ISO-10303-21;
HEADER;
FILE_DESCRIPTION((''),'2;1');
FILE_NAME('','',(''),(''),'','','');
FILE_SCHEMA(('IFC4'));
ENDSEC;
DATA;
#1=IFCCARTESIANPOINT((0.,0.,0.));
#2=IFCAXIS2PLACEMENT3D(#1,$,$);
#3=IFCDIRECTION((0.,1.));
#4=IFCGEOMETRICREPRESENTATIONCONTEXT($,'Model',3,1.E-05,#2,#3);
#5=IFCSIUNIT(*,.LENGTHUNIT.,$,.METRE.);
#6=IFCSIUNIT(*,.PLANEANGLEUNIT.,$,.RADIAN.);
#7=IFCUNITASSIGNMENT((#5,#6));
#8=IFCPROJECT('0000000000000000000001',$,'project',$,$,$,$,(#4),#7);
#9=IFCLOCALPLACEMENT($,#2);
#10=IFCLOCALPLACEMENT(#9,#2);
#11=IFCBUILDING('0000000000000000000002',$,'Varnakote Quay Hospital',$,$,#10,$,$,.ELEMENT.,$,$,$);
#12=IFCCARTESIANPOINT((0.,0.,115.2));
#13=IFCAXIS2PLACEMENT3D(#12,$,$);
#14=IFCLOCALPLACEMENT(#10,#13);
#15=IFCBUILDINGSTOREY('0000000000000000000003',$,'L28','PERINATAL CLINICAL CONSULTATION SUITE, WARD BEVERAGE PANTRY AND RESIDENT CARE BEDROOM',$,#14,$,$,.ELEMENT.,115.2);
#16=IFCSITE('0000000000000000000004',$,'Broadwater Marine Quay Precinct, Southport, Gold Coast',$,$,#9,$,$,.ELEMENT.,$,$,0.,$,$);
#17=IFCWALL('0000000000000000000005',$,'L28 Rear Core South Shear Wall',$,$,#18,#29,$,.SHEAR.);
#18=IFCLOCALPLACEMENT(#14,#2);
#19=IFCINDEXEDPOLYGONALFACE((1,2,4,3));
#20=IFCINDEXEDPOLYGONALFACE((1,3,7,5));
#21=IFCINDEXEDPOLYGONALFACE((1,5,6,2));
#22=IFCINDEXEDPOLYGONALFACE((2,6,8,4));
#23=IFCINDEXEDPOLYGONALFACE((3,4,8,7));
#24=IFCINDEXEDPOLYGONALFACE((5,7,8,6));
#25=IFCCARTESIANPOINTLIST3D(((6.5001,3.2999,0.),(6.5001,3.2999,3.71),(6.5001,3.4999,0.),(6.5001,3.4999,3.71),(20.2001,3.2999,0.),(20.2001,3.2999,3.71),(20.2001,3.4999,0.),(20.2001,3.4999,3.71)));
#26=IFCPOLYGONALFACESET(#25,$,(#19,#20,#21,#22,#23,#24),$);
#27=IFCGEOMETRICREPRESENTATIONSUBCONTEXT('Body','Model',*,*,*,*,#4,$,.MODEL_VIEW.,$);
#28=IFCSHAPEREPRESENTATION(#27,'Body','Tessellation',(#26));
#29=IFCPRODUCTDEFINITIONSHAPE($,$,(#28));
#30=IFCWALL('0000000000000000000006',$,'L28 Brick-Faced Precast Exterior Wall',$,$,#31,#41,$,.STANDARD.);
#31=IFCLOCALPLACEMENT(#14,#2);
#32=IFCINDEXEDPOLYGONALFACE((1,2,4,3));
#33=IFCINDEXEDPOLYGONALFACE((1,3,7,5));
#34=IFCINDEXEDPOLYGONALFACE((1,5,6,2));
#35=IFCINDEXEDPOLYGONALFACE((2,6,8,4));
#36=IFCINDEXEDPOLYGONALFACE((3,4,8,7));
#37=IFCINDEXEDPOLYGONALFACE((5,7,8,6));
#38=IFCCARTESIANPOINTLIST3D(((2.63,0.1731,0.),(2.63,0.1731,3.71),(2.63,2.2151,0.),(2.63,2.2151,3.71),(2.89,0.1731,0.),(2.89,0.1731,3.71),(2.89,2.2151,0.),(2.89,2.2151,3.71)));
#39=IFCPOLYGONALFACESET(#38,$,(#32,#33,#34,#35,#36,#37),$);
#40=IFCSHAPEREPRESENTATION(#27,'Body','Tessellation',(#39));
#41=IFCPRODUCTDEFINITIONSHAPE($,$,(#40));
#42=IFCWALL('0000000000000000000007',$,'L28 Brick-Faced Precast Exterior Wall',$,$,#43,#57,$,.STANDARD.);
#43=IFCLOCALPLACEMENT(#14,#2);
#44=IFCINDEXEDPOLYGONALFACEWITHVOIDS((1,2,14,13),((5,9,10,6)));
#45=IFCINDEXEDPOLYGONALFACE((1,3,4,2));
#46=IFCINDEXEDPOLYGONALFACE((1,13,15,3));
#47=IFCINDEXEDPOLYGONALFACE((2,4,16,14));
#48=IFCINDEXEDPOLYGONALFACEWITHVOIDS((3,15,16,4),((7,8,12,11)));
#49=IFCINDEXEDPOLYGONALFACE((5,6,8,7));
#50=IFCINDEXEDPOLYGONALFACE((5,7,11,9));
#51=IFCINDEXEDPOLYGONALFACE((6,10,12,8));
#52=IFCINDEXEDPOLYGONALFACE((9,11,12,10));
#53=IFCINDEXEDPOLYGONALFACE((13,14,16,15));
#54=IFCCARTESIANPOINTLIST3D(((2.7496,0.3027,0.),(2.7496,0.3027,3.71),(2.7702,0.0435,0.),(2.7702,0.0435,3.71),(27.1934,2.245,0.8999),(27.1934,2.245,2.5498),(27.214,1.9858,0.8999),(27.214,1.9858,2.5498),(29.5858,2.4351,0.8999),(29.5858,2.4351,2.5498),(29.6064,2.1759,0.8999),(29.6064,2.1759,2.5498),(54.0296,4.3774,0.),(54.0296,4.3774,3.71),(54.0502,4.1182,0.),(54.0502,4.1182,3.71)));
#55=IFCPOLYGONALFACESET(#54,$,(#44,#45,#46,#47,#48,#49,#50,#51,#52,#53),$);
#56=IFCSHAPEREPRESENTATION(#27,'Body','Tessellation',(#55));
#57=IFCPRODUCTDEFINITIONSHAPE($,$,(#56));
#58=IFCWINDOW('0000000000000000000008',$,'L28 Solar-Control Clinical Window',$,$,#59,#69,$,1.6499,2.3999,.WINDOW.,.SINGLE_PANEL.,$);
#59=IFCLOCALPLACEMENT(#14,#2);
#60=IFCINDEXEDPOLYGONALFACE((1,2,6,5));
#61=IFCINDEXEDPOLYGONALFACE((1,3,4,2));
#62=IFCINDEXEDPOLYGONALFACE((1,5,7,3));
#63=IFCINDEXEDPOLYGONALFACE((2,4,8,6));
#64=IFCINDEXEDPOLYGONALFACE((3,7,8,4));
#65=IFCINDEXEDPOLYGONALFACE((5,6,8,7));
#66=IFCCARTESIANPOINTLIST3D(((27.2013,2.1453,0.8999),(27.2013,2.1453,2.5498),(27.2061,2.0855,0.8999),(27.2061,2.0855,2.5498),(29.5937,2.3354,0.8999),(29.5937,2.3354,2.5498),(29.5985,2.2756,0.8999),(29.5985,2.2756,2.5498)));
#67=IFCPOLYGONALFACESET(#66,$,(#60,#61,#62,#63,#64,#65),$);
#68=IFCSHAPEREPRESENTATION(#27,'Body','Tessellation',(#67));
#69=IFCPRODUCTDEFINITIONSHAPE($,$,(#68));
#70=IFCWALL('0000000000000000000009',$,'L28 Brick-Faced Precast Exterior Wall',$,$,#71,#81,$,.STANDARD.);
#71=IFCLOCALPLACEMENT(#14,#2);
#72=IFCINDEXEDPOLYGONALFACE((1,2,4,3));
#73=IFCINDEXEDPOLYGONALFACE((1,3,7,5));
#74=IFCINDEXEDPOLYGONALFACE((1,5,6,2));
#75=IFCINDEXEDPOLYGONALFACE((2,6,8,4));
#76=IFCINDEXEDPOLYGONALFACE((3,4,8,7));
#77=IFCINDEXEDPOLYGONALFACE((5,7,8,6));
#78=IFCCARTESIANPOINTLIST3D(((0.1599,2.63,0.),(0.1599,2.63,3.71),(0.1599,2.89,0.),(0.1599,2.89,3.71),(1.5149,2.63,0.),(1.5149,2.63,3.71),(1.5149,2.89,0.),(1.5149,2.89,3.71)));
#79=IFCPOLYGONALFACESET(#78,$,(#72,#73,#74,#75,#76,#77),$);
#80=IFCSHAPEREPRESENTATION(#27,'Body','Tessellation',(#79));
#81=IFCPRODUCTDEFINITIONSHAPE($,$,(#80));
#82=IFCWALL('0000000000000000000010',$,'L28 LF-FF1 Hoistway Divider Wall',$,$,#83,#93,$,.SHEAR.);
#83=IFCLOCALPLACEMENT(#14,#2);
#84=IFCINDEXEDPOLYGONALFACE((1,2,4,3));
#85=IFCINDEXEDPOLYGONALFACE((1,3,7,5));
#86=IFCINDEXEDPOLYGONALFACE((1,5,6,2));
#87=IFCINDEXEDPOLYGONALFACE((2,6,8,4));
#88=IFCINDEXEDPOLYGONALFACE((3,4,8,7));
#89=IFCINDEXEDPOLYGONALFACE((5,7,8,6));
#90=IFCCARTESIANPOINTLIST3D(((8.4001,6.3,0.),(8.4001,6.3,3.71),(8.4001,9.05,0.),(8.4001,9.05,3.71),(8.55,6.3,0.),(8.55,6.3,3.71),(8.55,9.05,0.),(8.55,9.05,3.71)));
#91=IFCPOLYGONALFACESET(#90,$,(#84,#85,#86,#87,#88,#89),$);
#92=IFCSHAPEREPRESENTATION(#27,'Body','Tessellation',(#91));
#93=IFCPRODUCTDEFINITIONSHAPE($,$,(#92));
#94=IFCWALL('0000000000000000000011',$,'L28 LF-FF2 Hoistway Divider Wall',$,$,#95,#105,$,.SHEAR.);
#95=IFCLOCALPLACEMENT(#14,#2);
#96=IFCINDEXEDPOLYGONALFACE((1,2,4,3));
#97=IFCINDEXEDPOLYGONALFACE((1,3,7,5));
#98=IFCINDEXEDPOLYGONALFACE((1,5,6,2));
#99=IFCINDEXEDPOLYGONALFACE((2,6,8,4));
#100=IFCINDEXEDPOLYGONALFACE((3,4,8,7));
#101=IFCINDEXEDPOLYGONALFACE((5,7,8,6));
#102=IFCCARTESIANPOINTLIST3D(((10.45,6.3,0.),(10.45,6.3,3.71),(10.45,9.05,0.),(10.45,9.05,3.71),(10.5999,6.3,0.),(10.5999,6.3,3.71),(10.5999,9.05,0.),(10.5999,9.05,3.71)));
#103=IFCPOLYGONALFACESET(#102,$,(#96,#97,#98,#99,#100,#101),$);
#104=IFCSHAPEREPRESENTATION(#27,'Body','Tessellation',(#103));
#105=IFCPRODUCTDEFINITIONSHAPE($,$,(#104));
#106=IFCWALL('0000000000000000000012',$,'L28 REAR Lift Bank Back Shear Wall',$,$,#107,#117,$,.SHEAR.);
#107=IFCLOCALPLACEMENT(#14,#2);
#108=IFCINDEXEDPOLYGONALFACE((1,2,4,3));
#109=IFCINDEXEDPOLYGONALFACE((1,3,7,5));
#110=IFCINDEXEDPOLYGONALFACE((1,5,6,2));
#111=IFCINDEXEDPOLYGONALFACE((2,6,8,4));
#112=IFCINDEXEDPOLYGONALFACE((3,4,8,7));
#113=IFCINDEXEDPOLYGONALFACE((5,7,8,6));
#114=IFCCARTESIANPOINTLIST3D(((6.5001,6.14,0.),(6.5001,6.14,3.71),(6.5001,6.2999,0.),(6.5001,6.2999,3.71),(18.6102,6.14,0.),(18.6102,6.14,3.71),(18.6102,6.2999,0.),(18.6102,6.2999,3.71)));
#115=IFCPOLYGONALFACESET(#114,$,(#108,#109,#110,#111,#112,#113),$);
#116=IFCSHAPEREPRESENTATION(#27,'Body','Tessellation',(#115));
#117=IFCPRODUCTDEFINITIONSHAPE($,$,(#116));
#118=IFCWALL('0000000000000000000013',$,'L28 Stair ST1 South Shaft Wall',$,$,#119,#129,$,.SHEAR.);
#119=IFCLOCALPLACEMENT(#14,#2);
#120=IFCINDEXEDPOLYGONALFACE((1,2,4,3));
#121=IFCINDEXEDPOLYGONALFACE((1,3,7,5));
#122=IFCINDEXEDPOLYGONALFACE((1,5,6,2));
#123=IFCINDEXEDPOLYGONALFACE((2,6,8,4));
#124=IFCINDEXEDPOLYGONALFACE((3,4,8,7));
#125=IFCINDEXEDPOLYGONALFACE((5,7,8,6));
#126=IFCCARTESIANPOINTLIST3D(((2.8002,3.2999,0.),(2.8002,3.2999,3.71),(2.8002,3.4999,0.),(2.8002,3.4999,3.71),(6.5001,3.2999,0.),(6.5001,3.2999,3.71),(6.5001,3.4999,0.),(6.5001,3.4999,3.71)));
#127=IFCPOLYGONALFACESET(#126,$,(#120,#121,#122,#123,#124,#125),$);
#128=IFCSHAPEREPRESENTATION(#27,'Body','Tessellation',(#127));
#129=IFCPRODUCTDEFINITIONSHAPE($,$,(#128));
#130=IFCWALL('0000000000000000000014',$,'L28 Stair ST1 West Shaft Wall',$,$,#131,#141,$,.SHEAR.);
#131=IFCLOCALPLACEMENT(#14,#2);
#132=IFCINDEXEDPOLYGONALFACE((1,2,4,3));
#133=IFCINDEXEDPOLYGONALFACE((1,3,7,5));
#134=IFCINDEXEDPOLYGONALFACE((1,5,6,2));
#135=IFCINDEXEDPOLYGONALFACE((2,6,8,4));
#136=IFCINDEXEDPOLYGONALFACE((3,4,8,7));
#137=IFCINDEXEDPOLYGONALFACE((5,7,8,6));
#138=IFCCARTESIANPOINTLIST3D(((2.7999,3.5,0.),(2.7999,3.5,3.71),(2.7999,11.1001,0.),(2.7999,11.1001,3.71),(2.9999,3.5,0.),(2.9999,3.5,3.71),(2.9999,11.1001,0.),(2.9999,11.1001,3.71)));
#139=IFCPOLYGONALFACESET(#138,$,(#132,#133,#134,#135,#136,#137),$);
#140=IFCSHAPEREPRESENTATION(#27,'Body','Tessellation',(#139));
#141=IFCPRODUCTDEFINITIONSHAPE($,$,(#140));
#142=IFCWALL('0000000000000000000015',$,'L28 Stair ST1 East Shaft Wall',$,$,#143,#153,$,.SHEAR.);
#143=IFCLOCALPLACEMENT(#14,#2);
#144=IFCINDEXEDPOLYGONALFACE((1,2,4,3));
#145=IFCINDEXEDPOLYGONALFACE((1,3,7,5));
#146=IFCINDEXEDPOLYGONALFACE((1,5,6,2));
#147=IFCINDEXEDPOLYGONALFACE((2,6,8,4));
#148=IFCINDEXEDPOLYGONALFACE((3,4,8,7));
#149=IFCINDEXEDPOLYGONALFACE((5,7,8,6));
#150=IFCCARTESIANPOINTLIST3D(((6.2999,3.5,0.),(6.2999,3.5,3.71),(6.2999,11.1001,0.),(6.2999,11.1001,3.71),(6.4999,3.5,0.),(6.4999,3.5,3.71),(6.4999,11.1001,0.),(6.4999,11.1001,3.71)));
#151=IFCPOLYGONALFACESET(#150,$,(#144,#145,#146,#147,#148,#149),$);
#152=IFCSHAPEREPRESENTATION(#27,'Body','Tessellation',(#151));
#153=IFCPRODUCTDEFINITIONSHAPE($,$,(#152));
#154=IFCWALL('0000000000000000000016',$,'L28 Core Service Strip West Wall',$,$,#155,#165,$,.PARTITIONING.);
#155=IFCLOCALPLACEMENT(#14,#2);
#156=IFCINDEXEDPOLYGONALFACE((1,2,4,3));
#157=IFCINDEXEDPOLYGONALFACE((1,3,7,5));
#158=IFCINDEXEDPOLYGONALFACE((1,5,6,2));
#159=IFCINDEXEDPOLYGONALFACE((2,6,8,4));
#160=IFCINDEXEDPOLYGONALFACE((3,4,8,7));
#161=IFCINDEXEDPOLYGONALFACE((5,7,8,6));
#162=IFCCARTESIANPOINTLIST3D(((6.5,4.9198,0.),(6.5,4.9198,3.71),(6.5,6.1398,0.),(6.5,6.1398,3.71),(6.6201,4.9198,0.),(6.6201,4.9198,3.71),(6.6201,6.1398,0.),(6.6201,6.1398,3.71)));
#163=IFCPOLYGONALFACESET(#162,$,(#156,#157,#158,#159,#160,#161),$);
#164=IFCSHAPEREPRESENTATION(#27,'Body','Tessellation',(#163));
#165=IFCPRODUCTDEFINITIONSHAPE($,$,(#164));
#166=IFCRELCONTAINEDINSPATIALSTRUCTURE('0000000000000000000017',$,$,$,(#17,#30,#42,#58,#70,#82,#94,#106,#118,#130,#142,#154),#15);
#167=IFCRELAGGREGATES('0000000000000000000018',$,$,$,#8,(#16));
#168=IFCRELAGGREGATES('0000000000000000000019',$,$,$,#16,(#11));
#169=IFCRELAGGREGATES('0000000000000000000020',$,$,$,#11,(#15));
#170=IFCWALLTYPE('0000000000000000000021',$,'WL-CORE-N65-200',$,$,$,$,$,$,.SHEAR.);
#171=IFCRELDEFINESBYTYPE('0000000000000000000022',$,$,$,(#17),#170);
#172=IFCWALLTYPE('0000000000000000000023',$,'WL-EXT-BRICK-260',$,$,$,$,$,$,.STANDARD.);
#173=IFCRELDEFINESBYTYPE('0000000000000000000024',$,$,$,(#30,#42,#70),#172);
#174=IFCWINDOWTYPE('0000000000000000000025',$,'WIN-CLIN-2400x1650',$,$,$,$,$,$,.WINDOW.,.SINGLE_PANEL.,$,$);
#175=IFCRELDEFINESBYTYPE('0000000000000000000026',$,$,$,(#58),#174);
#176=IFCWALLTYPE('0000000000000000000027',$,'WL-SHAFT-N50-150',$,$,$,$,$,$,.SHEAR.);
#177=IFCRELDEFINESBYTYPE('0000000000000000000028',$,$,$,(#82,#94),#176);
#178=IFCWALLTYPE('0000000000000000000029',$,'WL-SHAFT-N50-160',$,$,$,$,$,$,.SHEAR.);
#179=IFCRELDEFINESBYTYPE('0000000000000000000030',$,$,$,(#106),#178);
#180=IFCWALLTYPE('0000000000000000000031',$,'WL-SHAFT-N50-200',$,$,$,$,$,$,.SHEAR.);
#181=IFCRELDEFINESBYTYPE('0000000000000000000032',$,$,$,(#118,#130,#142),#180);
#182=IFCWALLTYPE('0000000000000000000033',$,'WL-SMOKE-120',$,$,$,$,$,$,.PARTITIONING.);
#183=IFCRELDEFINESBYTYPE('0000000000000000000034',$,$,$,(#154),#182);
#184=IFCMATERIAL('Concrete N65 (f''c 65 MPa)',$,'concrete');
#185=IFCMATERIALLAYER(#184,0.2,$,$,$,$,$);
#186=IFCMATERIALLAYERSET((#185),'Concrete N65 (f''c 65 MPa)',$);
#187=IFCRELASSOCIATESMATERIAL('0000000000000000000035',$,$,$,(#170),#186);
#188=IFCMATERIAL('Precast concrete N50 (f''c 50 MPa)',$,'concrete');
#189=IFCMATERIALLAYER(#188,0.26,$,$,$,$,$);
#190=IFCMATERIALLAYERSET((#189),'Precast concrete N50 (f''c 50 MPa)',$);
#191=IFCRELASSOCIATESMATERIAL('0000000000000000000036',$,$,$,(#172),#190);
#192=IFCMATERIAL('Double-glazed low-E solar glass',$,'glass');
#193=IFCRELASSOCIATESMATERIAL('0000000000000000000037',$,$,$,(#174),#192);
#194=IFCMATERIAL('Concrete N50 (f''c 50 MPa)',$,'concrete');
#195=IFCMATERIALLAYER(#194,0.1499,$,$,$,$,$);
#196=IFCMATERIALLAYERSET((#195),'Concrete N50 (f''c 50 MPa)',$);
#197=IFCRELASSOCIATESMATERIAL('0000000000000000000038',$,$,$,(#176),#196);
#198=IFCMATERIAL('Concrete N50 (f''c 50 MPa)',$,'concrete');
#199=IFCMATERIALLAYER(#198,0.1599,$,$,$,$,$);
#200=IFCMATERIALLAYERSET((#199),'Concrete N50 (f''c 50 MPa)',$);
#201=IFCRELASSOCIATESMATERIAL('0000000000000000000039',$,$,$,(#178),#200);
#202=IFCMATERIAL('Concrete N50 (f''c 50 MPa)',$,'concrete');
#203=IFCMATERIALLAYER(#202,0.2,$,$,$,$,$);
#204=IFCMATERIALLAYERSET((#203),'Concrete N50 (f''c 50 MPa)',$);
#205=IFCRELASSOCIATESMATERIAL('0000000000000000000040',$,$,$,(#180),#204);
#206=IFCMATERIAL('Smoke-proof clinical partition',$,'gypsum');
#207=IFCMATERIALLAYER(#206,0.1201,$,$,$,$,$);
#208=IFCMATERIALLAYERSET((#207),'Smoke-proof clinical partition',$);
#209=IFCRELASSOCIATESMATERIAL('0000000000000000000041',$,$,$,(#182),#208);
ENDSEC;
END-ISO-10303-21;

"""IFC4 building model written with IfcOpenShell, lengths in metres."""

from ifc_helpers import new_model, si_unit, direction, frame, frame_2d, origin, place, context, subcontext, project, spatial, rectangle, extrude, material, layer, layer_set, type_object, element, fill, save


model = new_model("IFC4")

# Units and contexts
model_context = context("Model", 3, precision=1e-05, world=origin(), true_north=direction((0.0, 1.0)))
body_context = subcontext(model_context, "Body", "Model", "MODEL_VIEW")
ifc_project = project(units=[si_unit("LENGTHUNIT", "METRE"), si_unit("PLANEANGLEUNIT", "RADIAN")], contexts=[model_context])

# Site, building, storey
site_placement = place(None, origin())
site = spatial("IfcSite", under=ifc_project, at=site_placement, Name="Broadwater Marine Quay Precinct, Southport, Gold Coast", CompositionType="ELEMENT", RefElevation=0.0)
building_placement = place(site_placement, origin())
building = spatial("IfcBuilding", under=site, at=building_placement, Name="Varnakote Quay Hospital", CompositionType="ELEMENT")
storey_placement = place(building_placement, frame((0.0, 0.0, 115.2)))
storey = spatial("IfcBuildingStorey", under=building, at=storey_placement, Name="L28", Description="PERINATAL CLINICAL CONSULTATION SUITE, WARD BEVERAGE PANTRY AND RESIDENT CARE BEDROOM", CompositionType="ELEMENT", Elevation=115.2)

# Walls
ifc_material_1 = material(Name="Concrete N65 (f'c 65 MPa)", Category="concrete")
ifc_layer_1 = layer(ifc_material_1, 0.2)
ifc_layer_set_1 = layer_set([ifc_layer_1], Name="Concrete N65 (f'c 65 MPa)")
wall_type_1 = type_object("IfcWallType", Name="WL-CORE-N65-200", PredefinedType="SHEAR", material=ifc_layer_set_1)
wall_1_placement = place(storey_placement, frame((6.5, 3.3999, 0.0), z_axis=(0.0, 0.0, 1.0), x_axis=(1.0, 0.0, 0.0)))
element("IfcWall", 1, at=wall_1_placement, inside=storey, type_object=wall_type_1, Name="L28 Rear Core South Shear Wall", PredefinedType="SHEAR", context=body_context, shape_type="SweptSolid", body=[
    extrude(rectangle(XDim=13.7, YDim=0.2, at=frame_2d((6.8501, 0.0))), origin(), (0.0, 0.0, 1.0), 3.71),
])
ifc_material_2 = material(Name="Precast concrete N50 (f'c 50 MPa)", Category="concrete")
ifc_layer_2 = layer(ifc_material_2, 0.26)
ifc_layer_set_2 = layer_set([ifc_layer_2], Name="Precast concrete N50 (f'c 50 MPa)")
wall_type_2 = type_object("IfcWallType", Name="WL-EXT-BRICK-260", PredefinedType="STANDARD", material=ifc_layer_set_2)
wall_2_placement = place(storey_placement, frame((2.76, 2.2151, 0.0), z_axis=(0.0, 0.0, 1.0), x_axis=(0.0, -1.0, 0.0)))
element("IfcWall", 2, at=wall_2_placement, inside=storey, type_object=wall_type_2, Name="L28 Brick-Faced Precast Exterior Wall", PredefinedType="STANDARD", context=body_context, shape_type="SweptSolid", body=[
    extrude(rectangle(XDim=2.042, YDim=0.26, at=frame_2d((1.021, 0.0))), origin(), (0.0, 0.0, 1.0), 3.71),
])

# Wall, opening, window
wall_3_placement = place(storey_placement, frame((2.76, 0.1731, 0.0), z_axis=(0.0, 0.0, 1.0), x_axis=(0.996858, 0.07921, 0.0)))
wall_3 = element("IfcWall", 3, at=wall_3_placement, inside=storey, type_object=wall_type_2, Name="L28 Brick-Faced Precast Exterior Wall", PredefinedType="STANDARD", context=body_context, shape_type="SweptSolid", body=[
    extrude(rectangle(XDim=51.4417, YDim=0.26, at=frame_2d((25.7207, 0.0))), origin(), (0.0, 0.0, 1.0), 3.71),
])
opening_1_placement = place(wall_3_placement, frame((24.5208, 0.0, 0.8999)))
opening_1 = element("IfcOpeningElement", 4, at=opening_1_placement, cuts=wall_3, PredefinedType="OPENING", context=body_context, shape_type="SweptSolid", body=[
    extrude(rectangle(XDim=2.3999, YDim=1.6499, at=frame_2d((1.2, 0.825))), frame((0.0, 0.1399, 0.0), z_axis=(0.0, -1.0, 0.0), x_axis=(1.0, 0.0, 0.0)), (0.0, 0.0, 1.0), 0.28),
])
ifc_material_3 = material(Name="Double-glazed low-E solar glass", Category="glass")
window_type = type_object("IfcWindowType", Name="WIN-CLIN-2400x1650", PartitioningType="SINGLE_PANEL", PredefinedType="WINDOW", material=ifc_material_3)
window_placement = place(opening_1_placement, origin())
window = element("IfcWindow", 5, at=window_placement, inside=storey, type_object=window_type, Name="L28 Solar-Control Clinical Window", OverallHeight=1.6499, OverallWidth=2.3999, PartitioningType="SINGLE_PANEL", PredefinedType="WINDOW", context=body_context, shape_type="SweptSolid", body=[
    extrude(rectangle(XDim=2.3999, YDim=1.6499, at=frame_2d((1.2, 0.825))), frame((0.0, 0.03, 0.0), z_axis=(0.0, -1.0, 0.0), x_axis=(1.0, 0.0, 0.0)), (0.0, 0.0, 1.0), 0.0601),
])
fill(opening_1, window)

# Walls
wall_4_placement = place(storey_placement, frame((0.1599, 2.76, 0.0), z_axis=(0.0, 0.0, 1.0), x_axis=(1.0, 0.0, 0.0)))
element("IfcWall", 6, at=wall_4_placement, inside=storey, type_object=wall_type_2, Name="L28 Brick-Faced Precast Exterior Wall", PredefinedType="STANDARD", context=body_context, shape_type="SweptSolid", body=[
    extrude(rectangle(XDim=1.355, YDim=0.26, at=frame_2d((0.6775, 0.0))), origin(), (0.0, 0.0, 1.0), 3.71),
])
ifc_material_4 = material(Name="Concrete N50 (f'c 50 MPa)", Category="concrete")
ifc_layer_3 = layer(ifc_material_4, 0.1499)
ifc_layer_set_3 = layer_set([ifc_layer_3], Name="Concrete N50 (f'c 50 MPa)")
wall_type_3 = type_object("IfcWallType", Name="WL-SHAFT-N50-150", PredefinedType="SHEAR", material=ifc_layer_set_3)
for number, where, z_axis, x_axis, name in (
    (7, (8.4751, 6.3, 0.0), (0.0, 0.0, 1.0), (0.0, 1.0, 0.0), "L28 LF-FF1 Hoistway Divider Wall"),
    (8, (10.5249, 6.3, 0.0), (0.0, 0.0, 1.0), (0.0, 1.0, 0.0), "L28 LF-FF2 Hoistway Divider Wall"),
):
    element("IfcWall", number, at=place(storey_placement, frame(where, z_axis=z_axis, x_axis=x_axis)), inside=storey, type_object=wall_type_3, Name=name, PredefinedType="SHEAR", context=body_context, shape_type="SweptSolid", body=[
        extrude(rectangle(XDim=2.75, YDim=0.1499, at=frame_2d((1.375, 0.0))), origin(), (0.0, 0.0, 1.0), 3.71),
    ])
ifc_material_5 = material(Name="Concrete N50 (f'c 50 MPa)", Category="concrete")
ifc_layer_4 = layer(ifc_material_5, 0.1599)
ifc_layer_set_4 = layer_set([ifc_layer_4], Name="Concrete N50 (f'c 50 MPa)")
wall_type_4 = type_object("IfcWallType", Name="WL-SHAFT-N50-160", PredefinedType="SHEAR", material=ifc_layer_set_4)
wall_5_placement = place(storey_placement, frame((6.5, 6.22, 0.0), z_axis=(0.0, 0.0, 1.0), x_axis=(1.0, 0.0, 0.0)))
element("IfcWall", 9, at=wall_5_placement, inside=storey, type_object=wall_type_4, Name="L28 REAR Lift Bank Back Shear Wall", PredefinedType="SHEAR", context=body_context, shape_type="SweptSolid", body=[
    extrude(rectangle(XDim=12.1101, YDim=0.1599, at=frame_2d((6.0552, 0.0))), origin(), (0.0, 0.0, 1.0), 3.71),
])
ifc_material_6 = material(Name="Concrete N50 (f'c 50 MPa)", Category="concrete")
ifc_layer_5 = layer(ifc_material_6, 0.2)
ifc_layer_set_5 = layer_set([ifc_layer_5], Name="Concrete N50 (f'c 50 MPa)")
wall_type_5 = type_object("IfcWallType", Name="WL-SHAFT-N50-200", PredefinedType="SHEAR", material=ifc_layer_set_5)
wall_6_placement = place(storey_placement, frame((2.8, 3.3999, 0.0), z_axis=(0.0, 0.0, 1.0), x_axis=(1.0, 0.0, 0.0)))
element("IfcWall", 10, at=wall_6_placement, inside=storey, type_object=wall_type_5, Name="L28 Stair ST1 South Shaft Wall", PredefinedType="SHEAR", context=body_context, shape_type="SweptSolid", body=[
    extrude(rectangle(XDim=3.7, YDim=0.2, at=frame_2d((1.8501, 0.0))), origin(), (0.0, 0.0, 1.0), 3.71),
])
for number, where, z_axis, x_axis, name in (
    (11, (2.8999, 3.5, 0.0), (0.0, 0.0, 1.0), (0.0, 1.0, 0.0), "L28 Stair ST1 West Shaft Wall"),
    (12, (6.3999, 3.5, 0.0), (0.0, 0.0, 1.0), (0.0, 1.0, 0.0), "L28 Stair ST1 East Shaft Wall"),
):
    element("IfcWall", number, at=place(storey_placement, frame(where, z_axis=z_axis, x_axis=x_axis)), inside=storey, type_object=wall_type_5, Name=name, PredefinedType="SHEAR", context=body_context, shape_type="SweptSolid", body=[
        extrude(rectangle(XDim=7.6001, YDim=0.2, at=frame_2d((3.8, 0.0))), origin(), (0.0, 0.0, 1.0), 3.71),
    ])
ifc_material_7 = material(Name="Smoke-proof clinical partition", Category="gypsum")
ifc_layer_6 = layer(ifc_material_7, 0.1201)
ifc_layer_set_6 = layer_set([ifc_layer_6], Name="Smoke-proof clinical partition")
wall_type_6 = type_object("IfcWallType", Name="WL-SMOKE-120", PredefinedType="PARTITIONING", material=ifc_layer_set_6)
wall_7_placement = place(storey_placement, frame((6.5601, 4.9199, 0.0), z_axis=(0.0, 0.0, 1.0), x_axis=(0.0, 1.0, 0.0)))
element("IfcWall", 13, at=wall_7_placement, inside=storey, type_object=wall_type_6, Name="L28 Core Service Strip West Wall", PredefinedType="PARTITIONING", context=body_context, shape_type="SweptSolid", body=[
    extrude(rectangle(XDim=1.22, YDim=0.1201, at=frame_2d((0.6099, 0.0))), origin(), (0.0, 0.0, 1.0), 3.71),
])

save(model, "model.ifc")
